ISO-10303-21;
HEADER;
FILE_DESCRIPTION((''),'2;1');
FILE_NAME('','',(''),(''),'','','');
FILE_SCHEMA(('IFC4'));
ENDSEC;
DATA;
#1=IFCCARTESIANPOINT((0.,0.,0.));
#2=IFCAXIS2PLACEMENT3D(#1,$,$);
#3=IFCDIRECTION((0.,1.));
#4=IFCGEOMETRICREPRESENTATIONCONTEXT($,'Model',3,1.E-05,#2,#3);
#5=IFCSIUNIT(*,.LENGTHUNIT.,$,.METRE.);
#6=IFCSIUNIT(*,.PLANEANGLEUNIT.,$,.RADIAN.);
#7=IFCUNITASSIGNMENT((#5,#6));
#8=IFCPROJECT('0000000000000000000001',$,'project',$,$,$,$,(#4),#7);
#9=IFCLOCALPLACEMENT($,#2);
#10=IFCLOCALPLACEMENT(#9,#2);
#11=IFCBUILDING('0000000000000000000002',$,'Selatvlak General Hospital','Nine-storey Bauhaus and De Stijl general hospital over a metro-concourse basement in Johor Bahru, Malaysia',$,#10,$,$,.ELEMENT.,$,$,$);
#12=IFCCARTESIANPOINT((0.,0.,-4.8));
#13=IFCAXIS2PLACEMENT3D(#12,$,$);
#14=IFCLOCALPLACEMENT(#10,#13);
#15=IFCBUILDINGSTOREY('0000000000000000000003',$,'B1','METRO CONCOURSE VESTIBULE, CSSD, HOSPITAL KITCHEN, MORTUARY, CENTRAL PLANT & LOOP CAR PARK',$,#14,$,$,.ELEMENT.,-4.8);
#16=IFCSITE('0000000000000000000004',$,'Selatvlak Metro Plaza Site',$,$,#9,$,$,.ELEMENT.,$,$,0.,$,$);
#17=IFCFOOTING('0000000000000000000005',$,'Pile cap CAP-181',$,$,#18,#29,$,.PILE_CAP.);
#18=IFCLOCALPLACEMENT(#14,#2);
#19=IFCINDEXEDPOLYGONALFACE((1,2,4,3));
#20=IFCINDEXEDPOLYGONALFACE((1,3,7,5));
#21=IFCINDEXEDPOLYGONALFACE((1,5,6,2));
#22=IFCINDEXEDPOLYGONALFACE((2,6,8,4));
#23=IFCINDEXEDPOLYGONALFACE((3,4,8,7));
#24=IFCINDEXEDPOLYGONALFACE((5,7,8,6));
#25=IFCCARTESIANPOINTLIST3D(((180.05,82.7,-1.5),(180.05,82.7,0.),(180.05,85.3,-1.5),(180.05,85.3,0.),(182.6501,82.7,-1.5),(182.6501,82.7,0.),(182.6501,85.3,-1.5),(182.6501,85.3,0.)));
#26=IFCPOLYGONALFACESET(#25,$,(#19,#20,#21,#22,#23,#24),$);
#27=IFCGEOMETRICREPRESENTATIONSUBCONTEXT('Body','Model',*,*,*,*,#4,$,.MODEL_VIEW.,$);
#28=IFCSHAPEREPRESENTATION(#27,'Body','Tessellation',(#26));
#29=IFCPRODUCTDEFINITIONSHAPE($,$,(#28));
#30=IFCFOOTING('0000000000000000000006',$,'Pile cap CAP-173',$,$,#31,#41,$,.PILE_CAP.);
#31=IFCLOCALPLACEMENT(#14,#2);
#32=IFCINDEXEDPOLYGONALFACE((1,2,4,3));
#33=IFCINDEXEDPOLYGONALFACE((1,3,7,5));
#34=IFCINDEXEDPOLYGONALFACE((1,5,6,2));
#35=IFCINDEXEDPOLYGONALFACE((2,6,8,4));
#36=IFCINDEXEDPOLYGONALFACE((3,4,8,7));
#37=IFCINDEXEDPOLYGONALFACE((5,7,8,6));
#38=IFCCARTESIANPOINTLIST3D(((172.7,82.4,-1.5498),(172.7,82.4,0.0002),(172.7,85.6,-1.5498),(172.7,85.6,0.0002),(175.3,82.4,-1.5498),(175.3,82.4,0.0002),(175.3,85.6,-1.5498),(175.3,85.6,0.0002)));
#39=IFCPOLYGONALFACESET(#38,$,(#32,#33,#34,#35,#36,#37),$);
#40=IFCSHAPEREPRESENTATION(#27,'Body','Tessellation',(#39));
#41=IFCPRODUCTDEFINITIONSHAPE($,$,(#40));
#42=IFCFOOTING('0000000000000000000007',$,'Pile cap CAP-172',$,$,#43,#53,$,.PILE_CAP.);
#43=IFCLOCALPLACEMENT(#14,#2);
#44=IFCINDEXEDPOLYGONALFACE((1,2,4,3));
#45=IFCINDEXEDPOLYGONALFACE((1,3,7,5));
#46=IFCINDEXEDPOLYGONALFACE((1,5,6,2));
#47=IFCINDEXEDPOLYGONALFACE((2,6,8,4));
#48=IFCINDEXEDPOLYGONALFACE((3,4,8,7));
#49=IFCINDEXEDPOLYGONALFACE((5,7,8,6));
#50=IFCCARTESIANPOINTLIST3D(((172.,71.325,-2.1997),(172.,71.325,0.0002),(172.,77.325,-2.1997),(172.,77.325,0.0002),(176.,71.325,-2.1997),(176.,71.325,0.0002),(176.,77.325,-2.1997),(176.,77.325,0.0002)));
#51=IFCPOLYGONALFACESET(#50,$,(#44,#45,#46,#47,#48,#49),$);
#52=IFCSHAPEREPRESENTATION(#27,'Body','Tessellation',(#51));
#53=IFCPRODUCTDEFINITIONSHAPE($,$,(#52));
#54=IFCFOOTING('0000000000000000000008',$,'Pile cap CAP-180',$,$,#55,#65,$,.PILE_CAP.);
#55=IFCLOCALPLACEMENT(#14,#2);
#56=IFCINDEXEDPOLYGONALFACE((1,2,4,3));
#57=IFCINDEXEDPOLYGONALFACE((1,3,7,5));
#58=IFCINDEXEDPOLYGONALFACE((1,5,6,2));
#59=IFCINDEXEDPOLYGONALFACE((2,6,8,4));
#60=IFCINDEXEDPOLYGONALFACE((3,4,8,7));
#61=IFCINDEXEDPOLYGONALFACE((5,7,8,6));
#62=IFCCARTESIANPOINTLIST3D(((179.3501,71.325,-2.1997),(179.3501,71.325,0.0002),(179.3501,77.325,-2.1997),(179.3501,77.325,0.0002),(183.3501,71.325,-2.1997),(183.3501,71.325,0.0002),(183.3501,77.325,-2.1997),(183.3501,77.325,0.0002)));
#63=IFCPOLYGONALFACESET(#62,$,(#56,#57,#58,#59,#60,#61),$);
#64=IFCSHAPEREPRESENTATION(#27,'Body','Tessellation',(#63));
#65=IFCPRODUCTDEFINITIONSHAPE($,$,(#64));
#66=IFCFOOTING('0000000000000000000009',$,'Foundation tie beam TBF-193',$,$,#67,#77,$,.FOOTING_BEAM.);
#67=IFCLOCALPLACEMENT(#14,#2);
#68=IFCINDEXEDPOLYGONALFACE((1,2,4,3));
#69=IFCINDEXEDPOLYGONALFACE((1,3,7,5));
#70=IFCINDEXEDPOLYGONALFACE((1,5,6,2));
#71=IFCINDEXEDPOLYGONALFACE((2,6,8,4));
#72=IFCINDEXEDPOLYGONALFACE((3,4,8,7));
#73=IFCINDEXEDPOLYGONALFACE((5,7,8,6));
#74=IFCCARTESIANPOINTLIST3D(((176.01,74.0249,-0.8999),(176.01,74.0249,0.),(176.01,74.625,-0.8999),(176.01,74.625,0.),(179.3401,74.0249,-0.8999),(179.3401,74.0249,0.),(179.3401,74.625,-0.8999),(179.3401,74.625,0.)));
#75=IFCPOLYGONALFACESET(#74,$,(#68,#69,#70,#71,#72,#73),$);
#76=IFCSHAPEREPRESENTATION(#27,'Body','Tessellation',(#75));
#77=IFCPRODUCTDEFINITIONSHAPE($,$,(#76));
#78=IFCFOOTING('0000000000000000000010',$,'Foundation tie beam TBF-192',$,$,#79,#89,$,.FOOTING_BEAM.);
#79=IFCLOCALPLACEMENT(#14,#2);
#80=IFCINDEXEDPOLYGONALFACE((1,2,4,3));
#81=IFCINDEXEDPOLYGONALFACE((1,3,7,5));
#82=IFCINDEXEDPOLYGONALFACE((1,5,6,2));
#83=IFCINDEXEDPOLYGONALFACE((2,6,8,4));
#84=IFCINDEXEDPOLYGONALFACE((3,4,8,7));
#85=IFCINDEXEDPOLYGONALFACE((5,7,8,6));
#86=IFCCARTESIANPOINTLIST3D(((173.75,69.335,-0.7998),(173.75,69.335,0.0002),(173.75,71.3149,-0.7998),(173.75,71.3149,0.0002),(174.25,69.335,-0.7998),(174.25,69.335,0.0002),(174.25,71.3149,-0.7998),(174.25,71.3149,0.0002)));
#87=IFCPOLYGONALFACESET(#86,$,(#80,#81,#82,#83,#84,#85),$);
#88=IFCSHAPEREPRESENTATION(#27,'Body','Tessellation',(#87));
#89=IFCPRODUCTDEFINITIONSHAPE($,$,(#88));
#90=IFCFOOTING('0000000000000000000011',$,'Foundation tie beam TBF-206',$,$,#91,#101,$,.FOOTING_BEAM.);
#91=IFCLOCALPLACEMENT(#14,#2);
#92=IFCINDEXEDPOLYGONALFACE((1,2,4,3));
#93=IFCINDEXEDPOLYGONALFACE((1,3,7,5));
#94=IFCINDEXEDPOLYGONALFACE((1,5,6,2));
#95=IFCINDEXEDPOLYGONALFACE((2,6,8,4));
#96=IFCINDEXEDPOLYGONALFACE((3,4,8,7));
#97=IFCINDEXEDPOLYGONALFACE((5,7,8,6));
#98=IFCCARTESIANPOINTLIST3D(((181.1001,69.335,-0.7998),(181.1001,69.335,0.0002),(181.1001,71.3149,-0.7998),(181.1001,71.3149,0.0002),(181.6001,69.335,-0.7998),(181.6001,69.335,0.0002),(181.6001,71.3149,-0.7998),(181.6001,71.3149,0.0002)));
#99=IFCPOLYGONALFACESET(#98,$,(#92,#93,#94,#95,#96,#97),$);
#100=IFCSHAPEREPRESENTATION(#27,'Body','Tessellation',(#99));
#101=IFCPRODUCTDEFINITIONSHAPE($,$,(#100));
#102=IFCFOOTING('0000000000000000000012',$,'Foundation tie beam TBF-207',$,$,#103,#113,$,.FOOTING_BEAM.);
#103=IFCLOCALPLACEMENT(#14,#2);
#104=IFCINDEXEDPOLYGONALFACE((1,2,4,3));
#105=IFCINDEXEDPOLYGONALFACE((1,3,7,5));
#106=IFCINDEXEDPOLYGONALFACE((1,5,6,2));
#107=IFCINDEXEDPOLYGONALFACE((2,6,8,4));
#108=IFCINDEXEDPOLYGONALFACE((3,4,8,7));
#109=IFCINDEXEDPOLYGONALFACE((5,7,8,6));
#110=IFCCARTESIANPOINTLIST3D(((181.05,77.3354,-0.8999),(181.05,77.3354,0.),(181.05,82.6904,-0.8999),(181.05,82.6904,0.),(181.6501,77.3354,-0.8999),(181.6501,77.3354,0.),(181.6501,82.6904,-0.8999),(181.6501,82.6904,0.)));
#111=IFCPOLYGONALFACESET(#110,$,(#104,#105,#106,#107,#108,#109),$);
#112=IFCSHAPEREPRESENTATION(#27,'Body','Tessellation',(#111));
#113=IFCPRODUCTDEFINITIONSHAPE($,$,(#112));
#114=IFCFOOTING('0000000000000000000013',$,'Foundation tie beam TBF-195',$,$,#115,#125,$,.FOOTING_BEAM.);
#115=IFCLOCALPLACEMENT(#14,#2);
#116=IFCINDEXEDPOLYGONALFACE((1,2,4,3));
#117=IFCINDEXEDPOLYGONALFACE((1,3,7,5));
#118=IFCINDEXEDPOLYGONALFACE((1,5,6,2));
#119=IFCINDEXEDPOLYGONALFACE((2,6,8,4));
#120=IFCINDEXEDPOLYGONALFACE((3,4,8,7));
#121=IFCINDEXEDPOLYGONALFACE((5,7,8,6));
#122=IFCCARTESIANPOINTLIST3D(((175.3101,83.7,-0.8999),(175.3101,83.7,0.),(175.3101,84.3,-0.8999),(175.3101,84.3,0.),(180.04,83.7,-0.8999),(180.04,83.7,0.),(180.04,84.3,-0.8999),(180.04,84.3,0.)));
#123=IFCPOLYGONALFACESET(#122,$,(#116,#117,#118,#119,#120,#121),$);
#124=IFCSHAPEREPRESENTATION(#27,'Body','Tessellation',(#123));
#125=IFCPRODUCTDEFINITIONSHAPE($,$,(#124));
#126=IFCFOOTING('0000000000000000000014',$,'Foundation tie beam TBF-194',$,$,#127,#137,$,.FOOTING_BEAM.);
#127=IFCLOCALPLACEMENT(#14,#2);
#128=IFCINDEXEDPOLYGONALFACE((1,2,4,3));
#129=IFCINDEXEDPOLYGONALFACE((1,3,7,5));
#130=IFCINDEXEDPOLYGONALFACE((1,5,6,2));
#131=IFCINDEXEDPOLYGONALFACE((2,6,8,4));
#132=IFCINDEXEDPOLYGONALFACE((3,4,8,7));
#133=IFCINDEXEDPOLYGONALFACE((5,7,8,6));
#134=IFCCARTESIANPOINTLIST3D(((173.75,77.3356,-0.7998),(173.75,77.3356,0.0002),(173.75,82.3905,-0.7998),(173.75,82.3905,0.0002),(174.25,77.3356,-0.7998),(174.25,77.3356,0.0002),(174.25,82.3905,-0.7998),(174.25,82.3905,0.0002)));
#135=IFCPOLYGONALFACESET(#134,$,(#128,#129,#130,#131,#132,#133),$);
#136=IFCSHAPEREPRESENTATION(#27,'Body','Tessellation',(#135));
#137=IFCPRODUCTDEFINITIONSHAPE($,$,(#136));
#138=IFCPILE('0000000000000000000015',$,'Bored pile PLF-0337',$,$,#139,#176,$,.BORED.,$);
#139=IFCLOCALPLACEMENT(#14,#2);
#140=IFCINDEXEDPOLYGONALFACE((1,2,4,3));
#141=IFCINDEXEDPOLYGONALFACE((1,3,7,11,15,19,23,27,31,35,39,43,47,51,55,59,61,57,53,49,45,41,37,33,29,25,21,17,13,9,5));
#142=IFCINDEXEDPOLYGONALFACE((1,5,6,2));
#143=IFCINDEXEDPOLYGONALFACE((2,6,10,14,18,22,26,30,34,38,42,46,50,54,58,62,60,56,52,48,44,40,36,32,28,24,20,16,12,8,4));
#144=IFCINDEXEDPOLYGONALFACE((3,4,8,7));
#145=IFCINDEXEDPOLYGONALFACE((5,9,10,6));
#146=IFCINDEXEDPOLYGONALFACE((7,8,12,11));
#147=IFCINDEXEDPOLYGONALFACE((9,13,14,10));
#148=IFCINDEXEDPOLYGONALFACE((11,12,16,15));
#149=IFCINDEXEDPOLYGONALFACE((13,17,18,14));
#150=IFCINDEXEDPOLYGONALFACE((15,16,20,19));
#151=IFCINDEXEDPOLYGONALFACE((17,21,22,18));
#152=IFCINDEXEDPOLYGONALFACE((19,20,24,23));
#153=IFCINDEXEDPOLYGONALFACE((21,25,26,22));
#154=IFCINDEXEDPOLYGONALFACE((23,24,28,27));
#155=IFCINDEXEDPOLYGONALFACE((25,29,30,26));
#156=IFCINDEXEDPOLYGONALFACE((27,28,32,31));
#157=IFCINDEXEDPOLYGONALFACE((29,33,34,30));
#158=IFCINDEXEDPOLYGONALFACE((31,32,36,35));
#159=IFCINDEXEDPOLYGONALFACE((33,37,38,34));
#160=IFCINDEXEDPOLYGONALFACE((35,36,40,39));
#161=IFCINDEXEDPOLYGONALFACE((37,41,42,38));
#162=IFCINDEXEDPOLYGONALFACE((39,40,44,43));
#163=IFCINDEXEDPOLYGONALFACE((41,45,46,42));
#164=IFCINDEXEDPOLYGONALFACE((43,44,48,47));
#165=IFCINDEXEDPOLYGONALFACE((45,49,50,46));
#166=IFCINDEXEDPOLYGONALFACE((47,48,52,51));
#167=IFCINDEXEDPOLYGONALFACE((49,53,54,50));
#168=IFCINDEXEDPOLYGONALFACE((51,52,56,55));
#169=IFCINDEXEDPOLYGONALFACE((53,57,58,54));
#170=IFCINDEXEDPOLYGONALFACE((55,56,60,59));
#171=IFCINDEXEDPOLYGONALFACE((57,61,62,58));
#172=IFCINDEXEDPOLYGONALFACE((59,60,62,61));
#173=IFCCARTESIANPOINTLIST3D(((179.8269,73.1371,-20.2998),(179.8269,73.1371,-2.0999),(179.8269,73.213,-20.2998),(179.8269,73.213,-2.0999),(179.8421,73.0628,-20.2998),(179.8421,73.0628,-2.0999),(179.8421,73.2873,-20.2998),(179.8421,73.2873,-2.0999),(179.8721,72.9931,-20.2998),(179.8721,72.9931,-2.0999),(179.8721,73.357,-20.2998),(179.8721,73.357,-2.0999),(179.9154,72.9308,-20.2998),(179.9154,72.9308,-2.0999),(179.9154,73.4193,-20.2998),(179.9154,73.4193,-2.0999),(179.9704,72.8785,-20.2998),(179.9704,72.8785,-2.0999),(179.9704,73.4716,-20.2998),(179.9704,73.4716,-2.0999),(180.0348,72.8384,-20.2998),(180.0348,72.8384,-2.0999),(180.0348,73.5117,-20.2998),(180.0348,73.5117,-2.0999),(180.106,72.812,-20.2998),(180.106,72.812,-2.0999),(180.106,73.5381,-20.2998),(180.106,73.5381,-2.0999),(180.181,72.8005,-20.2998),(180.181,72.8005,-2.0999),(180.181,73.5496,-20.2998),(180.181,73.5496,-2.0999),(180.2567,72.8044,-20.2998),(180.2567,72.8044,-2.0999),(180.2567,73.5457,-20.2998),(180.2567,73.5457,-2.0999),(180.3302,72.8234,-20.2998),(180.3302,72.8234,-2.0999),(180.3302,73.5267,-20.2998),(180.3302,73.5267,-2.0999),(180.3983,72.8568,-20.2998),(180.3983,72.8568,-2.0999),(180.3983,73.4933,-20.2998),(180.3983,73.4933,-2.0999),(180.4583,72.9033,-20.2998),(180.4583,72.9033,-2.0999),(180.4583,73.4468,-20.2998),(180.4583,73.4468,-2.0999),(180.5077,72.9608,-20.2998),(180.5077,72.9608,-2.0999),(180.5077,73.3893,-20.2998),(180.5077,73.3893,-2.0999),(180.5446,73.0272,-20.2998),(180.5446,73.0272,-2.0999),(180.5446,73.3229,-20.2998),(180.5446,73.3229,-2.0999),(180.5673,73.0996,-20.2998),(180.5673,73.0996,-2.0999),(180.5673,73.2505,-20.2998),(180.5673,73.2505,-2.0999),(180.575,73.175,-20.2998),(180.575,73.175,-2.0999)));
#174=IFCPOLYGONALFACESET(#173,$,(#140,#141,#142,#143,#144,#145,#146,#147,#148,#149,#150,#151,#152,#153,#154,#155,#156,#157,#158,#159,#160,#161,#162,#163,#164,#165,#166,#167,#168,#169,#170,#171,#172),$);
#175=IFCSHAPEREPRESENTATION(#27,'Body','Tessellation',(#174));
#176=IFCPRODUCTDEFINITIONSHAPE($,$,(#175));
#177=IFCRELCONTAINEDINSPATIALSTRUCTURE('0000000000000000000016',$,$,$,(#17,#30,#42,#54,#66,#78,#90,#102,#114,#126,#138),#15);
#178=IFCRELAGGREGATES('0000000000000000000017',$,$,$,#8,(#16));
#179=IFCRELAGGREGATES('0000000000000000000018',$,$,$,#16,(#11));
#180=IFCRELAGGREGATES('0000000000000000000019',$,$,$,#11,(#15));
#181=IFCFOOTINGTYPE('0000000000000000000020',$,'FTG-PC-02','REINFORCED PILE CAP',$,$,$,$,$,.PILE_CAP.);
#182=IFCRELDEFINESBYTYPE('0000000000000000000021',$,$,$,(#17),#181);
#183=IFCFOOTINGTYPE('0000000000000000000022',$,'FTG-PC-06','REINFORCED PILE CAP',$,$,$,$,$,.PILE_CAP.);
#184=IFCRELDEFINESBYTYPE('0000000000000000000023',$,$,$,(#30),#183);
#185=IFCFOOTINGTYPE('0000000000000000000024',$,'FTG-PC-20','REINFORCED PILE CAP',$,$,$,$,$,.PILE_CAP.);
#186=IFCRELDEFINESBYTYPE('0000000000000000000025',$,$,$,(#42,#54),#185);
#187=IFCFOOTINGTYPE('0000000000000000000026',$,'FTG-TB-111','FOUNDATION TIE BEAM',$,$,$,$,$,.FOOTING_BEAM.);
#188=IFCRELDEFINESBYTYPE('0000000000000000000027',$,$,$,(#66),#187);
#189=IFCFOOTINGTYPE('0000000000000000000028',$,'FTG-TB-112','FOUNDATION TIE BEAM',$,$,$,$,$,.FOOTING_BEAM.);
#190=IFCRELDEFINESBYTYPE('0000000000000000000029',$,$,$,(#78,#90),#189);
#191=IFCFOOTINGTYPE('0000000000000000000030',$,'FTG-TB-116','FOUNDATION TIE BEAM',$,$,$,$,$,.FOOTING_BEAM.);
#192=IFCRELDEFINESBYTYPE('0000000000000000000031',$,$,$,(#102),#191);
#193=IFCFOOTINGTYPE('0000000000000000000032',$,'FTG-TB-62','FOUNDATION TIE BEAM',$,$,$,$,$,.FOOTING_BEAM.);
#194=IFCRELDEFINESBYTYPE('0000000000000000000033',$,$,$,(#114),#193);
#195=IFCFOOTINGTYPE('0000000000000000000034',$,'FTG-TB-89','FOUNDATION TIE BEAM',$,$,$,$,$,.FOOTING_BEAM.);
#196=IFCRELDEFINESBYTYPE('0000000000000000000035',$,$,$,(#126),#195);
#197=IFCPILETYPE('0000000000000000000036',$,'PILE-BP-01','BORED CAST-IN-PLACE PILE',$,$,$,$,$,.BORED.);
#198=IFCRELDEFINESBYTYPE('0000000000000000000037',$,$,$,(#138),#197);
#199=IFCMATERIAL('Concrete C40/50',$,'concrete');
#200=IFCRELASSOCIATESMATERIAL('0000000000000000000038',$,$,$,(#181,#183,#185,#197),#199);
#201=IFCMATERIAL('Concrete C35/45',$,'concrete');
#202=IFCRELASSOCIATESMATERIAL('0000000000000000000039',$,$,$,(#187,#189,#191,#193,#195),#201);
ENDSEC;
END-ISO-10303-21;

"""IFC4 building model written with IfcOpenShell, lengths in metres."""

from ifc_helpers import new_model, si_unit, direction, frame, origin, origin_2d, place, context, subcontext, project, spatial, rectangle, circle, extrude, material, material_profile, profile_set, type_object, element, save


model = new_model("IFC4")

# Units and contexts
model_context = context("Model", 3, precision=1e-05, world=origin(), true_north=direction((0.0, 1.0)))
body_context = subcontext(model_context, "Body", "Model", "MODEL_VIEW")
ifc_project = project(units=[si_unit("LENGTHUNIT", "METRE"), si_unit("PLANEANGLEUNIT", "RADIAN")], contexts=[model_context])

# Site, building, storey
site_placement = place(None, origin())
site = spatial("IfcSite", under=ifc_project, at=site_placement, Name="Selatvlak Metro Plaza Site", CompositionType="ELEMENT", RefElevation=0.0)
building_placement = place(site_placement, origin())
building = spatial("IfcBuilding", under=site, at=building_placement, Name="Selatvlak General Hospital", Description="Nine-storey Bauhaus and De Stijl general hospital over a metro-concourse basement in Johor Bahru, Malaysia", CompositionType="ELEMENT")
storey_placement = place(building_placement, frame((0.0, 0.0, -4.8)))
storey = spatial("IfcBuildingStorey", under=building, at=storey_placement, Name="B1", Description="METRO CONCOURSE VESTIBULE, CSSD, HOSPITAL KITCHEN, MORTUARY, CENTRAL PLANT & LOOP CAR PARK", CompositionType="ELEMENT", Elevation=-4.8)

# Footings
ifc_material_1 = material(Name="Concrete C40/50", Category="concrete")
footing_type_1 = type_object("IfcFootingType", Name="FTG-PC-02", Description="REINFORCED PILE CAP", PredefinedType="PILE_CAP", material=ifc_material_1)
footing_1_placement = place(storey_placement, frame((181.3501, 84.0, -1.5), z_axis=(0.0, 0.0, 1.0), x_axis=(1.0, 0.0, 0.0)))
element("IfcFooting", 1, at=footing_1_placement, inside=storey, type_object=footing_type_1, Name="Pile cap CAP-181", PredefinedType="PILE_CAP", context=body_context, shape_type="SweptSolid", body=[
    extrude(rectangle(XDim=2.6001, YDim=2.6001, at=origin_2d()), origin(), (0.0, 0.0, 1.0), 1.5),
])
footing_type_2 = type_object("IfcFootingType", Name="FTG-PC-06", Description="REINFORCED PILE CAP", PredefinedType="PILE_CAP", material=ifc_material_1)
footing_2_placement = place(storey_placement, frame((174.0, 84.0, -1.5498), z_axis=(0.0, 0.0, 1.0), x_axis=(1.0, 0.0, 0.0)))
element("IfcFooting", 2, at=footing_2_placement, inside=storey, type_object=footing_type_2, Name="Pile cap CAP-173", PredefinedType="PILE_CAP", context=body_context, shape_type="SweptSolid", body=[
    extrude(rectangle(XDim=2.6001, YDim=3.2, at=origin_2d()), origin(), (0.0, 0.0, 1.0), 1.55),
])
footing_type_3 = type_object("IfcFootingType", Name="FTG-PC-20", Description="REINFORCED PILE CAP", PredefinedType="PILE_CAP", material=ifc_material_1)
for number, where, z_axis, x_axis, name in (
    (3, (174.0, 74.325, -2.1997), (0.0, 0.0, 1.0), (1.0, 0.0, 0.0), "Pile cap CAP-172"),
    (4, (181.3501, 74.325, -2.1997), (0.0, 0.0, 1.0), (1.0, 0.0, 0.0), "Pile cap CAP-180"),
):
    element("IfcFooting", number, at=place(storey_placement, frame(where, z_axis=z_axis, x_axis=x_axis)), inside=storey, type_object=footing_type_3, Name=name, PredefinedType="PILE_CAP", context=body_context, shape_type="SweptSolid", body=[
        extrude(rectangle(XDim=4.0, YDim=6.0, at=origin_2d()), origin(), (0.0, 0.0, 1.0), 2.2),
    ])
ifc_material_2 = material(Name="Concrete C35/45", Category="concrete")
footing_type_4 = type_object("IfcFootingType", Name="FTG-TB-111", Description="FOUNDATION TIE BEAM", PredefinedType="FOOTING_BEAM", material=ifc_material_2)
footing_3_placement = place(storey_placement, frame((177.675, 74.325, -0.8999), z_axis=(0.0, 0.0, 1.0), x_axis=(1.0, 0.0, 0.0)))
element("IfcFooting", 5, at=footing_3_placement, inside=storey, type_object=footing_type_4, Name="Foundation tie beam TBF-193", PredefinedType="FOOTING_BEAM", context=body_context, shape_type="SweptSolid", body=[
    extrude(rectangle(XDim=3.3301, YDim=0.6001, at=origin_2d()), origin(), (0.0, 0.0, 1.0), 0.8999),
])
footing_type_5 = type_object("IfcFootingType", Name="FTG-TB-112", Description="FOUNDATION TIE BEAM", PredefinedType="FOOTING_BEAM", material=ifc_material_2)
for number, where, z_axis, x_axis, name in (
    (6, (174.0, 70.325, -0.7998), (0.0, 0.0, 1.0), (0.0, 1.0, 0.0), "Foundation tie beam TBF-192"),
    (7, (181.3501, 70.325, -0.7998), (0.0, 0.0, 1.0), (0.0, 1.0, 0.0), "Foundation tie beam TBF-206"),
):
    element("IfcFooting", number, at=place(storey_placement, frame(where, z_axis=z_axis, x_axis=x_axis)), inside=storey, type_object=footing_type_5, Name=name, PredefinedType="FOOTING_BEAM", context=body_context, shape_type="SweptSolid", body=[
        extrude(rectangle(XDim=1.98, YDim=0.5, at=origin_2d()), origin(), (0.0, 0.0, 1.0), 0.8),
    ])
footing_type_6 = type_object("IfcFootingType", Name="FTG-TB-116", Description="FOUNDATION TIE BEAM", PredefinedType="FOOTING_BEAM", material=ifc_material_2)
footing_4_placement = place(storey_placement, frame((181.3501, 80.0129, -0.8999), z_axis=(0.0, 0.0, 1.0), x_axis=(0.0, 1.0, 0.0)))
element("IfcFooting", 8, at=footing_4_placement, inside=storey, type_object=footing_type_6, Name="Foundation tie beam TBF-207", PredefinedType="FOOTING_BEAM", context=body_context, shape_type="SweptSolid", body=[
    extrude(rectangle(XDim=5.355, YDim=0.6001, at=origin_2d()), origin(), (0.0, 0.0, 1.0), 0.8999),
])
footing_type_7 = type_object("IfcFootingType", Name="FTG-TB-62", Description="FOUNDATION TIE BEAM", PredefinedType="FOOTING_BEAM", material=ifc_material_2)
footing_5_placement = place(storey_placement, frame((177.675, 84.0, -0.8999), z_axis=(0.0, 0.0, 1.0), x_axis=(1.0, 0.0, 0.0)))
element("IfcFooting", 9, at=footing_5_placement, inside=storey, type_object=footing_type_7, Name="Foundation tie beam TBF-195", PredefinedType="FOOTING_BEAM", context=body_context, shape_type="SweptSolid", body=[
    extrude(rectangle(XDim=4.73, YDim=0.6001, at=origin_2d()), origin(), (0.0, 0.0, 1.0), 0.8999),
])
footing_type_8 = type_object("IfcFootingType", Name="FTG-TB-89", Description="FOUNDATION TIE BEAM", PredefinedType="FOOTING_BEAM", material=ifc_material_2)
footing_6_placement = place(storey_placement, frame((174.0, 79.863, -0.7998), z_axis=(0.0, 0.0, 1.0), x_axis=(0.0, 1.0, 0.0)))
element("IfcFooting", 10, at=footing_6_placement, inside=storey, type_object=footing_type_8, Name="Foundation tie beam TBF-194", PredefinedType="FOOTING_BEAM", context=body_context, shape_type="SweptSolid", body=[
    extrude(rectangle(XDim=5.0549, YDim=0.5, at=origin_2d()), origin(), (0.0, 0.0, 1.0), 0.8),
])

# Pile
ifc_material_profile_1 = material_profile(ifc_material_1, circle(Radius=0.375, at=origin_2d()), Name="BORED PILE 750")
ifc_profile_set_1 = profile_set([ifc_material_profile_1], Name="Concrete C40/50")
pile_type_1 = type_object("IfcPileType", Name="PILE-BP-01", Description="BORED CAST-IN-PLACE PILE", PredefinedType="BORED", material=ifc_profile_set_1)
for number, where, z_axis, x_axis, name in (
    (11, (180.2, 73.175, -2.0999), (0.0, 0.0, -1.0), (1.0, 0.0, 0.0), "Bored pile PLF-0337"),
):
    element("IfcPile", number, at=place(storey_placement, frame(where, z_axis=z_axis, x_axis=x_axis)), inside=storey, type_object=pile_type_1, Name=name, PredefinedType="BORED", context=body_context, shape_type="SweptSolid", body=[
        extrude(circle(Radius=0.375, at=origin_2d()), origin(), (0.0, 0.0, 1.0), 18.2),
    ])

save(model, "model.ifc")
